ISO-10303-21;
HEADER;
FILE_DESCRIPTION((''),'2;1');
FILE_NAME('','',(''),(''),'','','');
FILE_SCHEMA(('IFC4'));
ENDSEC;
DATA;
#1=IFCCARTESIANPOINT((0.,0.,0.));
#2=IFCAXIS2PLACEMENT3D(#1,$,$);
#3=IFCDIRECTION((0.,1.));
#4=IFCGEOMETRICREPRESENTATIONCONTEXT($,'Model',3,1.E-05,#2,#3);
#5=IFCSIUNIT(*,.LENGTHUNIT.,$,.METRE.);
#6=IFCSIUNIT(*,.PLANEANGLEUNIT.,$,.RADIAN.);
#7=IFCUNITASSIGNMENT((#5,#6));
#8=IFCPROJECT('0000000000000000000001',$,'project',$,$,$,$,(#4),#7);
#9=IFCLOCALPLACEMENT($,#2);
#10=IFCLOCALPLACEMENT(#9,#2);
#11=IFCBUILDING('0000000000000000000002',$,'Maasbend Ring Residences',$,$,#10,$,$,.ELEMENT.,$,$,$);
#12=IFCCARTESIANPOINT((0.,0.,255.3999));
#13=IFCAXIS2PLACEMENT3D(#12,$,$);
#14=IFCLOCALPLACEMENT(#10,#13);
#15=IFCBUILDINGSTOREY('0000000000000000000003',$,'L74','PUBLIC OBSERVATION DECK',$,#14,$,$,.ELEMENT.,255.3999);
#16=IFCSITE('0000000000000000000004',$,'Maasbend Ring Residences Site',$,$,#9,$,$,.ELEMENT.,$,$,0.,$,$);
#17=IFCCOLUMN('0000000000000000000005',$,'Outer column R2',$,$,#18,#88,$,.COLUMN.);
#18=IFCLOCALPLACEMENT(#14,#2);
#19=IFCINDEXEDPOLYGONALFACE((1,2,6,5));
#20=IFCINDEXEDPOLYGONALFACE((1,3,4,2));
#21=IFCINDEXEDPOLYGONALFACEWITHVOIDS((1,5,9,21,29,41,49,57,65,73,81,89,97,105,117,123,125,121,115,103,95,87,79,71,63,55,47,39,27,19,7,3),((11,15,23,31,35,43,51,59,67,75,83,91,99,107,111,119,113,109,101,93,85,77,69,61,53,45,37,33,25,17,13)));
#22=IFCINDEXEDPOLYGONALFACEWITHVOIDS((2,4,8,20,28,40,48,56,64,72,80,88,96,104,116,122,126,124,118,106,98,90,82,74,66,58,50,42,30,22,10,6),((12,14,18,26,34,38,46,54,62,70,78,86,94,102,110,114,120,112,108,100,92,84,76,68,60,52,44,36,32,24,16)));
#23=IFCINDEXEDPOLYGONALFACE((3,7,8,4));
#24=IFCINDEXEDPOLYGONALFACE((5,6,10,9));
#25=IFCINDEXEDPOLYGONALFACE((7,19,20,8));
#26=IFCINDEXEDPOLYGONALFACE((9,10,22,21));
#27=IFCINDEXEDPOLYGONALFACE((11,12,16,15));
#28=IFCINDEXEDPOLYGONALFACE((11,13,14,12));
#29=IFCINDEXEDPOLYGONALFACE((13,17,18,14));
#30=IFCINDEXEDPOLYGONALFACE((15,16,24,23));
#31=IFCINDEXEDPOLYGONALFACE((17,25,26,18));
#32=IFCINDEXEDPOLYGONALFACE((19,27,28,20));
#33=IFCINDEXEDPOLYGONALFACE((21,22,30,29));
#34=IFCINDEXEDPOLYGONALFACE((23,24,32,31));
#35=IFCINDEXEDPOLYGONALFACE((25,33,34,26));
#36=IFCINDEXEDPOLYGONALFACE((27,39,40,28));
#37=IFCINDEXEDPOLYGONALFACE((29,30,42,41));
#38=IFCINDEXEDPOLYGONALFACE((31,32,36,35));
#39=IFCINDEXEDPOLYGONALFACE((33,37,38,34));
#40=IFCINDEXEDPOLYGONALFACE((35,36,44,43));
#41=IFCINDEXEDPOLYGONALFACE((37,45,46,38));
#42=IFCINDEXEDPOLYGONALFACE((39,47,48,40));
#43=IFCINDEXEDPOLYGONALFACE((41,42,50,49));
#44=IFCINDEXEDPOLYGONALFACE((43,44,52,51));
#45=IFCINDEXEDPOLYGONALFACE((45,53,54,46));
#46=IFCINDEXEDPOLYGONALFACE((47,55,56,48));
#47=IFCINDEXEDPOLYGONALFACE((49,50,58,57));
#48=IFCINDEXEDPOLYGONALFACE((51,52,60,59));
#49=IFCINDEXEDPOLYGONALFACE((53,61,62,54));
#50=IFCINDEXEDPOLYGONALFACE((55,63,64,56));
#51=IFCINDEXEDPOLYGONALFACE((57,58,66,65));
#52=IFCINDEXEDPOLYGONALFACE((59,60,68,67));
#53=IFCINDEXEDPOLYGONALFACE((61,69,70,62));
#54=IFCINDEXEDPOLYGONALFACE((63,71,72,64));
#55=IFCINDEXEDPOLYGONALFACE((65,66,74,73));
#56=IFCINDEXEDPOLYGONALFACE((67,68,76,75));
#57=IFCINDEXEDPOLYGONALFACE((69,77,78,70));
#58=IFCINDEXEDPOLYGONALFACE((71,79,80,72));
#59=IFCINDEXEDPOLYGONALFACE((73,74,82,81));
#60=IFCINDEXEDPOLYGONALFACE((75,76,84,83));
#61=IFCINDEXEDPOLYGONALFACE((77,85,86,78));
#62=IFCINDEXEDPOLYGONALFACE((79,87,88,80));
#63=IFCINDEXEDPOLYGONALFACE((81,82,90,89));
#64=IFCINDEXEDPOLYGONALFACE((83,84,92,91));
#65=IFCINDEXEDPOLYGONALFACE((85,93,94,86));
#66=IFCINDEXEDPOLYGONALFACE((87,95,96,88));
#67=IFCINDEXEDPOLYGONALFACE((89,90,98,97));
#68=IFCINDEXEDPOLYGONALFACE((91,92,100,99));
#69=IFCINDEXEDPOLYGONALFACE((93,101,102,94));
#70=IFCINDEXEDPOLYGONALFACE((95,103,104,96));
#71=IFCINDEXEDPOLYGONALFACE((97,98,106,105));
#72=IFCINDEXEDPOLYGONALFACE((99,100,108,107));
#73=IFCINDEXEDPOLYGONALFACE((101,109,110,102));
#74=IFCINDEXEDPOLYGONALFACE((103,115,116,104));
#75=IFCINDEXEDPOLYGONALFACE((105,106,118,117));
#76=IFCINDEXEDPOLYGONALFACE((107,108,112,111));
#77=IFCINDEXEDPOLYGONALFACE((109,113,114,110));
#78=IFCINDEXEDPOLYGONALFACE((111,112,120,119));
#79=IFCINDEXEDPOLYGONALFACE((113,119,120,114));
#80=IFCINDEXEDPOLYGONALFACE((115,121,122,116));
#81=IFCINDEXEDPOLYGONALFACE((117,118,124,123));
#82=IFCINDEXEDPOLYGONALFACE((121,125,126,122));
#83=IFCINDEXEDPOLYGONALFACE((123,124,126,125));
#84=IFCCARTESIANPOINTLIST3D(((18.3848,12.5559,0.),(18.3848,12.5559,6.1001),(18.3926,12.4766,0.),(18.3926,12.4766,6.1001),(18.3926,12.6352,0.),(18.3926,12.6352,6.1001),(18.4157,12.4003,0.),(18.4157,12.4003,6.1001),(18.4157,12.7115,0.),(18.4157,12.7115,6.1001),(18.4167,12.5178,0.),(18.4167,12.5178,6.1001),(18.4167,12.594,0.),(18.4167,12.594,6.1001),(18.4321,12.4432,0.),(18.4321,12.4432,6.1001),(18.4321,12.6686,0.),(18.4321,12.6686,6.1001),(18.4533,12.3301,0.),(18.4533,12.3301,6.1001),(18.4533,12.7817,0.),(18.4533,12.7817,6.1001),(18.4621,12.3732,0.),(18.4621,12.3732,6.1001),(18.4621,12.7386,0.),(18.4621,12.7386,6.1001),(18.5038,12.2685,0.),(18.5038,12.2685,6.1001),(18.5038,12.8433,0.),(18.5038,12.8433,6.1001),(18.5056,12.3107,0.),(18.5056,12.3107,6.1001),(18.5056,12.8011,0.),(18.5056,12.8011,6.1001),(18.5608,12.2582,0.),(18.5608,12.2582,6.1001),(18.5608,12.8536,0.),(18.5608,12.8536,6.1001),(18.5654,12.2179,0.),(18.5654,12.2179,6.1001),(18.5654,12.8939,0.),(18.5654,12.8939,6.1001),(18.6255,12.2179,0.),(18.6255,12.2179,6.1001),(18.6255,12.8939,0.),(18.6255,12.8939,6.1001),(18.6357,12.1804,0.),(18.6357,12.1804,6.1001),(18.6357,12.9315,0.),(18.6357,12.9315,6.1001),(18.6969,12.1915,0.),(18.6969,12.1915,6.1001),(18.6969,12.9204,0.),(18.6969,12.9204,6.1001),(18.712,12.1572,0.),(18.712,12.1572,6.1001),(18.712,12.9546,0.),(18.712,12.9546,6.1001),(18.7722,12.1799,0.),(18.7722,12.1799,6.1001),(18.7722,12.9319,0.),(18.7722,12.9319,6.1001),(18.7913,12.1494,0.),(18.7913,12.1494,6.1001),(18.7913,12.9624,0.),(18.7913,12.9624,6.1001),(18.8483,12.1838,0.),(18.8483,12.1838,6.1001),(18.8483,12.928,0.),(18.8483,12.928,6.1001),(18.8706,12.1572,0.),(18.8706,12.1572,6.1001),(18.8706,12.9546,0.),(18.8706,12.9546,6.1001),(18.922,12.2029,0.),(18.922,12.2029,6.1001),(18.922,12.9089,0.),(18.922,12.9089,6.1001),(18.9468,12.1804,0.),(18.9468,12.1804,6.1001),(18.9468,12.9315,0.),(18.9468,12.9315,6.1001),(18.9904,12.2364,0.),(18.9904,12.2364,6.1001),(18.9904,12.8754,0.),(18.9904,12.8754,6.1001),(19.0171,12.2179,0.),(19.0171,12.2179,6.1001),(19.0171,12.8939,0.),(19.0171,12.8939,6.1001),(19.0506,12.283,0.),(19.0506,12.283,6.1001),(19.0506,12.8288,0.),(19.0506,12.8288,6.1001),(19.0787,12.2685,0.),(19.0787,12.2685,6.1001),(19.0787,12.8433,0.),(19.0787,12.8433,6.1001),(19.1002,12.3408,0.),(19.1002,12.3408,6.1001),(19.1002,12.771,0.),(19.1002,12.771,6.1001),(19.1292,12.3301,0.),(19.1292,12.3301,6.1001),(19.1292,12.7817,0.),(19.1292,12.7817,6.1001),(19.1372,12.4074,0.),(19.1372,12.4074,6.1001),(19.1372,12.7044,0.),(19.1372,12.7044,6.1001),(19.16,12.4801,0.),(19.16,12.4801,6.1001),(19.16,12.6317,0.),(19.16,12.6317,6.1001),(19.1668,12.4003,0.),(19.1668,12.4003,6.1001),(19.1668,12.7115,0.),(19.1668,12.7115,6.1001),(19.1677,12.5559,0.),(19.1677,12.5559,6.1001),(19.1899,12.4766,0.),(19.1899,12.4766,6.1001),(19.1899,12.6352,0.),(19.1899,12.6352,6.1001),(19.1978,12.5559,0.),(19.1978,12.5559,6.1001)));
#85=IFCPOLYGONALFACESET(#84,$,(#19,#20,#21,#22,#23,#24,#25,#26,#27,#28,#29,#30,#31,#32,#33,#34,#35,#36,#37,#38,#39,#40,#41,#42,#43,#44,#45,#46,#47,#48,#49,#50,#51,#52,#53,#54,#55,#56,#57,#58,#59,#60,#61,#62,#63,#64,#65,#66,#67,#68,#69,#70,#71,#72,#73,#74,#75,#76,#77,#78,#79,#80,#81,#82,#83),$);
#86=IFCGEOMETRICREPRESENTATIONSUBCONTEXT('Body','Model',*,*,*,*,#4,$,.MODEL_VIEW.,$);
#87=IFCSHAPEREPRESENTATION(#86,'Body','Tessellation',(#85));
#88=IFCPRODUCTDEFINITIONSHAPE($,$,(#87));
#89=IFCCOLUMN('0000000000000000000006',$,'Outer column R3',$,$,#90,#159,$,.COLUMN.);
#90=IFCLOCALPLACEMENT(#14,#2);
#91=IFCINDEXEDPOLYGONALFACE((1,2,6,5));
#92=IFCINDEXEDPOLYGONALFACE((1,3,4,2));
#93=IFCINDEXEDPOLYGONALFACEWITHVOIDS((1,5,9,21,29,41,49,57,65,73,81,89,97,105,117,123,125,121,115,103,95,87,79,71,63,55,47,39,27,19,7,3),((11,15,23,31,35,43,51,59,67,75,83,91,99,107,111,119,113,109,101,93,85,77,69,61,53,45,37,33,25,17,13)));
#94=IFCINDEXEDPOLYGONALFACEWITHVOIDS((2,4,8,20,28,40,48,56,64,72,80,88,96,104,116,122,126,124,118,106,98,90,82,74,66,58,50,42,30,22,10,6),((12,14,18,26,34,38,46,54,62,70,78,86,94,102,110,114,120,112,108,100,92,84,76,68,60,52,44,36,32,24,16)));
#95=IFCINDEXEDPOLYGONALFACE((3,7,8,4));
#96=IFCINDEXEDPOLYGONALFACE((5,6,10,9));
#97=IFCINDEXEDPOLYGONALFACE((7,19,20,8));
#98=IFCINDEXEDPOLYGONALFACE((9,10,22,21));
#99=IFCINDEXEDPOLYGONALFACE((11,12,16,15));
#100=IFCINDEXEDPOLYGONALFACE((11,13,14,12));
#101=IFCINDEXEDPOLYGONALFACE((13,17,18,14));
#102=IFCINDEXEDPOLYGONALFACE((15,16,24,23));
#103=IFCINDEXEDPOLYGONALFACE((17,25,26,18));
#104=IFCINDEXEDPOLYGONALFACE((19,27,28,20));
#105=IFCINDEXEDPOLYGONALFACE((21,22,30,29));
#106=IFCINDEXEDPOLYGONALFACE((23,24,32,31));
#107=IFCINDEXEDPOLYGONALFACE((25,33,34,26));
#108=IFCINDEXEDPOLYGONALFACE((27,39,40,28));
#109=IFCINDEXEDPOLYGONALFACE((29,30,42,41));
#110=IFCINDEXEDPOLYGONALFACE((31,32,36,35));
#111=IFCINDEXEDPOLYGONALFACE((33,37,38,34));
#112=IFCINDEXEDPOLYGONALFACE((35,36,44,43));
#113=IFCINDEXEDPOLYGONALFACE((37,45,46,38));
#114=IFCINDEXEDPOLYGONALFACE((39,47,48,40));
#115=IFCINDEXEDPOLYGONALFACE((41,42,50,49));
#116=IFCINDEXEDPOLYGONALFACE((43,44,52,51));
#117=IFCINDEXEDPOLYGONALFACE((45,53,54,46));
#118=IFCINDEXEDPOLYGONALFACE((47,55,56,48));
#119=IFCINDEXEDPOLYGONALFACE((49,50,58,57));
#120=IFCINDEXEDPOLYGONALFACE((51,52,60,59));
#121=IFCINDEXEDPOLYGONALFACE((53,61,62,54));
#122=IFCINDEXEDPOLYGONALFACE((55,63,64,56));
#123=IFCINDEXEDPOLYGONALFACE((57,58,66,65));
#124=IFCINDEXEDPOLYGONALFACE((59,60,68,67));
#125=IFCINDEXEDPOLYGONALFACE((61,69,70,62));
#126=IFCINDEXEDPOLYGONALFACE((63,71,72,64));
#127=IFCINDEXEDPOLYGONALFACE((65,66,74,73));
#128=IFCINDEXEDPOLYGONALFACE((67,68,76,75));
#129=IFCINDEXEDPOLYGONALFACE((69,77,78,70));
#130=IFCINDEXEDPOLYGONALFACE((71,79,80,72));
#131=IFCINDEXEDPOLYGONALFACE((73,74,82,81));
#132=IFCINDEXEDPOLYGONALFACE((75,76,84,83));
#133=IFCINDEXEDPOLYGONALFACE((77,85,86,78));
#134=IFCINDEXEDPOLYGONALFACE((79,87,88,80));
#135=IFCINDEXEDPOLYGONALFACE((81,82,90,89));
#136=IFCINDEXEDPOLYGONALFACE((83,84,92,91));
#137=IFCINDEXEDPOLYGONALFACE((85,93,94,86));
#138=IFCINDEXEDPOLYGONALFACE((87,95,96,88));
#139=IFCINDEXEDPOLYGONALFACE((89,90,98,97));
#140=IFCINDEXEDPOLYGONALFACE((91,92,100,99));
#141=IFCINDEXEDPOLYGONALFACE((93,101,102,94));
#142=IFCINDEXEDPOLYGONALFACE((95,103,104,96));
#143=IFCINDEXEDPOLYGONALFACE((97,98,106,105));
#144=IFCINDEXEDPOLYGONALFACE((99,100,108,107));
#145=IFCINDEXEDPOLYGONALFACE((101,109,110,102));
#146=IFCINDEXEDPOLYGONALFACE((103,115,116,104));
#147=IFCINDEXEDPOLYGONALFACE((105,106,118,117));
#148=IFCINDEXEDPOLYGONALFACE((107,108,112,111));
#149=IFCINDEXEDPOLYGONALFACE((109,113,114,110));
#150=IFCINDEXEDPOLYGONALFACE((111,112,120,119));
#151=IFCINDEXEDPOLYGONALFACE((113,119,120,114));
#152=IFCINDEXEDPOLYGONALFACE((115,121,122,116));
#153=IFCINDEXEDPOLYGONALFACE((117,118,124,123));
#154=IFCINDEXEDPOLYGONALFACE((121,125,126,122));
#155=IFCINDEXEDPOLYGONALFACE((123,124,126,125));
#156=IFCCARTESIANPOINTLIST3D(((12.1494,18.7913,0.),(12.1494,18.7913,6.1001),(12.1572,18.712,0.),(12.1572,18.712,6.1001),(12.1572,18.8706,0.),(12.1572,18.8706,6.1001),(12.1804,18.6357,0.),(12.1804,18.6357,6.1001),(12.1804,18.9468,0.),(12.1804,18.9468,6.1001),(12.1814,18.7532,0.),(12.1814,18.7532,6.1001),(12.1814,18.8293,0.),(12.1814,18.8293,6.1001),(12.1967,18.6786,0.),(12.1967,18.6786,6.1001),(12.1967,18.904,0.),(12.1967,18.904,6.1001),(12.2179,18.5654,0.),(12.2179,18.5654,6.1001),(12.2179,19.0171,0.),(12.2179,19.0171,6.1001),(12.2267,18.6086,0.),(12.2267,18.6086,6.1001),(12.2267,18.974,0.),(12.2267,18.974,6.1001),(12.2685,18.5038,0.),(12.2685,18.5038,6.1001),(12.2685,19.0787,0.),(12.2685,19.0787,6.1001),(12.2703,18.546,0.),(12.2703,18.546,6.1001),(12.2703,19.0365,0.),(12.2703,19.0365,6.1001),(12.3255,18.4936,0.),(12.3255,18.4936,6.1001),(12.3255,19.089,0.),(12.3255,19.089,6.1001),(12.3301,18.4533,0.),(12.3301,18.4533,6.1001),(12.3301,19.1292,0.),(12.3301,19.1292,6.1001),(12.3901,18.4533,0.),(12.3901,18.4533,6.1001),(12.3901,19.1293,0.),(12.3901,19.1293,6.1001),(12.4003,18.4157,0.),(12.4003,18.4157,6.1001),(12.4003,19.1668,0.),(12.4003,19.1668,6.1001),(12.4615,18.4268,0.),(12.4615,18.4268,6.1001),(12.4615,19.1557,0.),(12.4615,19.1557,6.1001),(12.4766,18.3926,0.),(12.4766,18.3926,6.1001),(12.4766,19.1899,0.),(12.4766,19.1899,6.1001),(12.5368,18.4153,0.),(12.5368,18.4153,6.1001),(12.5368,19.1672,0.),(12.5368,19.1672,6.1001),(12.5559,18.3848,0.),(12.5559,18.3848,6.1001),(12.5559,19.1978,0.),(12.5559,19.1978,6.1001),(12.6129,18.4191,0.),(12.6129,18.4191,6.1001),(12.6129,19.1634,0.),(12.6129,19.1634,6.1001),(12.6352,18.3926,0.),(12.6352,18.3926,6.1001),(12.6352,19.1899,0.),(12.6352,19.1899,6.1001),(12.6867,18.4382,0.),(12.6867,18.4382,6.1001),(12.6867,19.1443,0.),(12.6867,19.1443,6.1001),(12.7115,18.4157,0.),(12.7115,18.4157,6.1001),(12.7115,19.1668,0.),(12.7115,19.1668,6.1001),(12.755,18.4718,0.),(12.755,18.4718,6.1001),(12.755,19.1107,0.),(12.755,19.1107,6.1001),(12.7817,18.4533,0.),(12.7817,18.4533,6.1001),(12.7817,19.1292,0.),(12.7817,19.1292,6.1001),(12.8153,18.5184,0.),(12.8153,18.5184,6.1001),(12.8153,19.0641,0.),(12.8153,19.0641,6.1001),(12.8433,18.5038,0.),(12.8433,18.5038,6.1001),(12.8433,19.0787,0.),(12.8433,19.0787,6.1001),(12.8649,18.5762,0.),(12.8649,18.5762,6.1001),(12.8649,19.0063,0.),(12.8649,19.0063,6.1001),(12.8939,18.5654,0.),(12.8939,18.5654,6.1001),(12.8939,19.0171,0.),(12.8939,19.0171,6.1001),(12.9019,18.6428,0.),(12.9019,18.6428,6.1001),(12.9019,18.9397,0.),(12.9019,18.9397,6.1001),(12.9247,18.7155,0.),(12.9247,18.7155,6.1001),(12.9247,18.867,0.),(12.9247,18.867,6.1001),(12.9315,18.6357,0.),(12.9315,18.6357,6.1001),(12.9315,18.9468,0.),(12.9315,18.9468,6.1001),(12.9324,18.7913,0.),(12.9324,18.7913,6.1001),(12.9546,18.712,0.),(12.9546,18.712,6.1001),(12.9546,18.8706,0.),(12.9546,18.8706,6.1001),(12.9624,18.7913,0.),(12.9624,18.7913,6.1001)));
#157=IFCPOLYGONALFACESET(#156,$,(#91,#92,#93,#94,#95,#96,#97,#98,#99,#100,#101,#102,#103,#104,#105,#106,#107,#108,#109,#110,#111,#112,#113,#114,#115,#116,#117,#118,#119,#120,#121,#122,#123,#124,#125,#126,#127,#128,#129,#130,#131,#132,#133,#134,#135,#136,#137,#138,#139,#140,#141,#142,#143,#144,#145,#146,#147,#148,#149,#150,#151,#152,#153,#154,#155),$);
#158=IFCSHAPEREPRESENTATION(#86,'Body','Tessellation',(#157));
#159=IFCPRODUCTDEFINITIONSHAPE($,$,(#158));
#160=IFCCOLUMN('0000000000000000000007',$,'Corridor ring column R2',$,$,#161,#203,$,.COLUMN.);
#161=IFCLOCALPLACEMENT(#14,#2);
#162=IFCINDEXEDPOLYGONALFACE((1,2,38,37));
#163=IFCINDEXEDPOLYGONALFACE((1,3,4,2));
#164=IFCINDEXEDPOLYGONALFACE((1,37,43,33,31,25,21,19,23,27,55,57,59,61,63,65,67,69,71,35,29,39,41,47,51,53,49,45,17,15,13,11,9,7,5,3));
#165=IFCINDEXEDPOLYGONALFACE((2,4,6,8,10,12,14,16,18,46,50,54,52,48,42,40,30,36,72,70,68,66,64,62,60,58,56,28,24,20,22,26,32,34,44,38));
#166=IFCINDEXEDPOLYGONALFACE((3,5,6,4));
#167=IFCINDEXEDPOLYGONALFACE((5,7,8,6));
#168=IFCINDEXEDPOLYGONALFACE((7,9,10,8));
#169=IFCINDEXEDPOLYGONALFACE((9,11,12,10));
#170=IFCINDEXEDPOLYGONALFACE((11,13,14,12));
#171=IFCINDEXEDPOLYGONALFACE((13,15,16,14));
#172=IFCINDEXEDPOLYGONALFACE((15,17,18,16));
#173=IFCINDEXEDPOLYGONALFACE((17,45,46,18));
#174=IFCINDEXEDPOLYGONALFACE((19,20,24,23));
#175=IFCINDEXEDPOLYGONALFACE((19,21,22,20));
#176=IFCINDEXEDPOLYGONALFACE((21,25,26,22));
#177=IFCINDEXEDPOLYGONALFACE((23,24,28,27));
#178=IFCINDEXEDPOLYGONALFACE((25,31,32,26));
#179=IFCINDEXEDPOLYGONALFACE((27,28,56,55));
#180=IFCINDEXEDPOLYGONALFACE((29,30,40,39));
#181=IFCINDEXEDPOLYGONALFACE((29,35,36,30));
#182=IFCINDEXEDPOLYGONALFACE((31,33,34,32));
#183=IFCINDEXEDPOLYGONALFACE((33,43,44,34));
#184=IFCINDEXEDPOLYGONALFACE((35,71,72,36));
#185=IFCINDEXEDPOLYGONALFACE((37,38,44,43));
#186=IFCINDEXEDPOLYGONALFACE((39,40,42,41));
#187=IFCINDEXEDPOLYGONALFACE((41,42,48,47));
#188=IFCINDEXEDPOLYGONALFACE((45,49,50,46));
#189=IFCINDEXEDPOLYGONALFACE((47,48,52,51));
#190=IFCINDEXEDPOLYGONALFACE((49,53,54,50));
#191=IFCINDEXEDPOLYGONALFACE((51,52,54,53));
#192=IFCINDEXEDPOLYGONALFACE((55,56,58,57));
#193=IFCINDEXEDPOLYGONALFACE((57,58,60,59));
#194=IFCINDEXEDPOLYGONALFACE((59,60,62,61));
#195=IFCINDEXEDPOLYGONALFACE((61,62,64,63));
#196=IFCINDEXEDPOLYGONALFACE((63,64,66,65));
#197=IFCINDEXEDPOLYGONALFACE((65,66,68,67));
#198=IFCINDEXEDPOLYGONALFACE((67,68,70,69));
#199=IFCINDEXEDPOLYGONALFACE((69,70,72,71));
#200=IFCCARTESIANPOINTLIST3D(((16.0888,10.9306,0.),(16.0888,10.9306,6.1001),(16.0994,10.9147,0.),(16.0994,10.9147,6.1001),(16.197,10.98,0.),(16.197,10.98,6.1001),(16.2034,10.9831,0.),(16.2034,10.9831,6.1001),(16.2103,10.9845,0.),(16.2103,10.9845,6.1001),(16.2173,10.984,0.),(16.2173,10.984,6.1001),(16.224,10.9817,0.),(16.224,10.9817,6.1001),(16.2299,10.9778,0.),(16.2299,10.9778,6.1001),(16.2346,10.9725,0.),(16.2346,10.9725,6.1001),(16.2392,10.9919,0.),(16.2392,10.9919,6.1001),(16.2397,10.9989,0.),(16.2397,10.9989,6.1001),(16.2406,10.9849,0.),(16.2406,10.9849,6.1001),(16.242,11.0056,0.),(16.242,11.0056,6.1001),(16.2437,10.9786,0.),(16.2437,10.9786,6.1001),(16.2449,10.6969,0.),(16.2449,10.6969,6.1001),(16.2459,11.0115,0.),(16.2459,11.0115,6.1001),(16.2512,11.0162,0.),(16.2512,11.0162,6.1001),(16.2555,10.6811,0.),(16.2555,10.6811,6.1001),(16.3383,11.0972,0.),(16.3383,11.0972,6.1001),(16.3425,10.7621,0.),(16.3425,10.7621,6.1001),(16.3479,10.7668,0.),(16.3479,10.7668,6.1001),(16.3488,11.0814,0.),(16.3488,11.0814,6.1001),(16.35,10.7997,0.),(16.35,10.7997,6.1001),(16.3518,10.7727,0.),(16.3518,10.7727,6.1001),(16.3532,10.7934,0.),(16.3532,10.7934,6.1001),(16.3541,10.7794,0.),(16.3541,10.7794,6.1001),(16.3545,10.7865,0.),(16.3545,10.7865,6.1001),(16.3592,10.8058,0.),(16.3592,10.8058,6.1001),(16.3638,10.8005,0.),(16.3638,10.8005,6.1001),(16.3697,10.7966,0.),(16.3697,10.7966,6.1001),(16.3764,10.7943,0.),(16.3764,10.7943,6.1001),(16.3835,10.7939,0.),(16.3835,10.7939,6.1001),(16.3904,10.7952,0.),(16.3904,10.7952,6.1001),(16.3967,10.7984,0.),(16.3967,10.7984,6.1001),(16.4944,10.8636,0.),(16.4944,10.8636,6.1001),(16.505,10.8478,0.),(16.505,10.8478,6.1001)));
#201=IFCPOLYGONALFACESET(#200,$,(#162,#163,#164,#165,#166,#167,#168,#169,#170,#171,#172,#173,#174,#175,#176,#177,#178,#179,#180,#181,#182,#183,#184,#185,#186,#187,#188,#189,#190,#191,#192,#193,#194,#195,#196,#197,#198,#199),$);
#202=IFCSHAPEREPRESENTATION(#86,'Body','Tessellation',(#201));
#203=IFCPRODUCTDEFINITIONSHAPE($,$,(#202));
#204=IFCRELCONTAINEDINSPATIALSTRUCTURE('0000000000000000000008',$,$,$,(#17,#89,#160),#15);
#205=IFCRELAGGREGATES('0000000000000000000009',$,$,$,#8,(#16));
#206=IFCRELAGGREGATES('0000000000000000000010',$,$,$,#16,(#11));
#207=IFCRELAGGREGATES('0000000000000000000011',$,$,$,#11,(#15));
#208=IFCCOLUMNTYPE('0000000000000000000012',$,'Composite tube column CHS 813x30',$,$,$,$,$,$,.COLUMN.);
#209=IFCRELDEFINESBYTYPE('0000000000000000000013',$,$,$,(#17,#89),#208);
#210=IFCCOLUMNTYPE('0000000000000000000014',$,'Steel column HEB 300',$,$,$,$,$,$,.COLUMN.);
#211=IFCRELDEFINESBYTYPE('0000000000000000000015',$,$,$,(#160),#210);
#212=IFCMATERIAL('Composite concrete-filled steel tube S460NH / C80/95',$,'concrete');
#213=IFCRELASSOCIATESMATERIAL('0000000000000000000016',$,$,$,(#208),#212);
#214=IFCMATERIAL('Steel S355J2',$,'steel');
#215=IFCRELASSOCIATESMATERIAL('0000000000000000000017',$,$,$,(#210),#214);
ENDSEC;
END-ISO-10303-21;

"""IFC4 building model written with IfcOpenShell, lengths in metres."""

from ifc_helpers import new_model, si_unit, direction, frame, origin, origin_2d, place, context, subcontext, project, spatial, hollow_circle, i_section, extrude, material, material_profile, profile_set, type_object, element, save


model = new_model("IFC4")

# Units and contexts
model_context = context("Model", 3, precision=1e-05, world=origin(), true_north=direction((0.0, 1.0)))
body_context = subcontext(model_context, "Body", "Model", "MODEL_VIEW")
ifc_project = project(units=[si_unit("LENGTHUNIT", "METRE"), si_unit("PLANEANGLEUNIT", "RADIAN")], contexts=[model_context])

# Site, building, storey
site_placement = place(None, origin())
site = spatial("IfcSite", under=ifc_project, at=site_placement, Name="Maasbend Ring Residences Site", CompositionType="ELEMENT", RefElevation=0.0)
building_placement = place(site_placement, origin())
building = spatial("IfcBuilding", under=site, at=building_placement, Name="Maasbend Ring Residences", CompositionType="ELEMENT")
storey_placement = place(building_placement, frame((0.0, 0.0, 255.3999)))
storey = spatial("IfcBuildingStorey", under=building, at=storey_placement, Name="L74", Description="PUBLIC OBSERVATION DECK", CompositionType="ELEMENT", Elevation=255.3999)

# Columns
ifc_material_1 = material(Name="Composite concrete-filled steel tube S460NH / C80/95", Category="concrete")
ifc_material_profile_1 = material_profile(ifc_material_1, hollow_circle(Radius=0.4065, WallThickness=0.03, at=origin_2d()), Name="Composite tube column CHS 813x30")
ifc_profile_set_1 = profile_set([ifc_material_profile_1], Name="Composite concrete-filled steel tube S460NH / C80/95")
column_type_1 = type_object("IfcColumnType", Name="Composite tube column CHS 813x30", PredefinedType="COLUMN", material=ifc_profile_set_1)
for number, where, z_axis, x_axis, name in (
    (1, (18.7913, 12.5559, 0.0), (0.0, 0.0, 1.0), (1.0, 0.0, 0.0), "Outer column R2"),
    (2, (12.5559, 18.7913, 0.0), (0.0, 0.0, 1.0), (1.0, 0.0, 0.0), "Outer column R3"),
):
    element("IfcColumn", number, at=place(storey_placement, frame(where, z_axis=z_axis, x_axis=x_axis)), inside=storey, type_object=column_type_1, Name=name, PredefinedType="COLUMN", context=body_context, shape_type="SweptSolid", body=[
        extrude(hollow_circle(Radius=0.4065, WallThickness=0.03, at=origin_2d()), origin(), (0.0, 0.0, 1.0), 6.1001),
    ])
ifc_material_2 = material(Name="Steel S355J2", Category="steel")
ifc_material_profile_2 = material_profile(ifc_material_2, i_section(OverallWidth=0.3, OverallDepth=0.3, WebThickness=0.011, FlangeThickness=0.019, FilletRadius=0.0271, at=origin_2d()), Name="HEB 300")
ifc_profile_set_2 = profile_set([ifc_material_profile_2], Name="Steel S355J2")
column_type_2 = type_object("IfcColumnType", Name="Steel column HEB 300", PredefinedType="COLUMN", material=ifc_profile_set_2)
column_placement = place(storey_placement, frame((16.2969, 10.8892, 0.0), z_axis=(0.0, 0.0, 1.0), x_axis=(0.83147, 0.55557, 0.0)))
element("IfcColumn", 3, at=column_placement, inside=storey, type_object=column_type_2, Name="Corridor ring column R2", PredefinedType="COLUMN", context=body_context, shape_type="SweptSolid", body=[
    extrude(i_section(OverallWidth=0.3, OverallDepth=0.3, WebThickness=0.011, FlangeThickness=0.019, FilletRadius=0.0271, at=origin_2d()), origin(), (0.0, 0.0, 1.0), 6.1001),
])

save(model, "model.ifc")
